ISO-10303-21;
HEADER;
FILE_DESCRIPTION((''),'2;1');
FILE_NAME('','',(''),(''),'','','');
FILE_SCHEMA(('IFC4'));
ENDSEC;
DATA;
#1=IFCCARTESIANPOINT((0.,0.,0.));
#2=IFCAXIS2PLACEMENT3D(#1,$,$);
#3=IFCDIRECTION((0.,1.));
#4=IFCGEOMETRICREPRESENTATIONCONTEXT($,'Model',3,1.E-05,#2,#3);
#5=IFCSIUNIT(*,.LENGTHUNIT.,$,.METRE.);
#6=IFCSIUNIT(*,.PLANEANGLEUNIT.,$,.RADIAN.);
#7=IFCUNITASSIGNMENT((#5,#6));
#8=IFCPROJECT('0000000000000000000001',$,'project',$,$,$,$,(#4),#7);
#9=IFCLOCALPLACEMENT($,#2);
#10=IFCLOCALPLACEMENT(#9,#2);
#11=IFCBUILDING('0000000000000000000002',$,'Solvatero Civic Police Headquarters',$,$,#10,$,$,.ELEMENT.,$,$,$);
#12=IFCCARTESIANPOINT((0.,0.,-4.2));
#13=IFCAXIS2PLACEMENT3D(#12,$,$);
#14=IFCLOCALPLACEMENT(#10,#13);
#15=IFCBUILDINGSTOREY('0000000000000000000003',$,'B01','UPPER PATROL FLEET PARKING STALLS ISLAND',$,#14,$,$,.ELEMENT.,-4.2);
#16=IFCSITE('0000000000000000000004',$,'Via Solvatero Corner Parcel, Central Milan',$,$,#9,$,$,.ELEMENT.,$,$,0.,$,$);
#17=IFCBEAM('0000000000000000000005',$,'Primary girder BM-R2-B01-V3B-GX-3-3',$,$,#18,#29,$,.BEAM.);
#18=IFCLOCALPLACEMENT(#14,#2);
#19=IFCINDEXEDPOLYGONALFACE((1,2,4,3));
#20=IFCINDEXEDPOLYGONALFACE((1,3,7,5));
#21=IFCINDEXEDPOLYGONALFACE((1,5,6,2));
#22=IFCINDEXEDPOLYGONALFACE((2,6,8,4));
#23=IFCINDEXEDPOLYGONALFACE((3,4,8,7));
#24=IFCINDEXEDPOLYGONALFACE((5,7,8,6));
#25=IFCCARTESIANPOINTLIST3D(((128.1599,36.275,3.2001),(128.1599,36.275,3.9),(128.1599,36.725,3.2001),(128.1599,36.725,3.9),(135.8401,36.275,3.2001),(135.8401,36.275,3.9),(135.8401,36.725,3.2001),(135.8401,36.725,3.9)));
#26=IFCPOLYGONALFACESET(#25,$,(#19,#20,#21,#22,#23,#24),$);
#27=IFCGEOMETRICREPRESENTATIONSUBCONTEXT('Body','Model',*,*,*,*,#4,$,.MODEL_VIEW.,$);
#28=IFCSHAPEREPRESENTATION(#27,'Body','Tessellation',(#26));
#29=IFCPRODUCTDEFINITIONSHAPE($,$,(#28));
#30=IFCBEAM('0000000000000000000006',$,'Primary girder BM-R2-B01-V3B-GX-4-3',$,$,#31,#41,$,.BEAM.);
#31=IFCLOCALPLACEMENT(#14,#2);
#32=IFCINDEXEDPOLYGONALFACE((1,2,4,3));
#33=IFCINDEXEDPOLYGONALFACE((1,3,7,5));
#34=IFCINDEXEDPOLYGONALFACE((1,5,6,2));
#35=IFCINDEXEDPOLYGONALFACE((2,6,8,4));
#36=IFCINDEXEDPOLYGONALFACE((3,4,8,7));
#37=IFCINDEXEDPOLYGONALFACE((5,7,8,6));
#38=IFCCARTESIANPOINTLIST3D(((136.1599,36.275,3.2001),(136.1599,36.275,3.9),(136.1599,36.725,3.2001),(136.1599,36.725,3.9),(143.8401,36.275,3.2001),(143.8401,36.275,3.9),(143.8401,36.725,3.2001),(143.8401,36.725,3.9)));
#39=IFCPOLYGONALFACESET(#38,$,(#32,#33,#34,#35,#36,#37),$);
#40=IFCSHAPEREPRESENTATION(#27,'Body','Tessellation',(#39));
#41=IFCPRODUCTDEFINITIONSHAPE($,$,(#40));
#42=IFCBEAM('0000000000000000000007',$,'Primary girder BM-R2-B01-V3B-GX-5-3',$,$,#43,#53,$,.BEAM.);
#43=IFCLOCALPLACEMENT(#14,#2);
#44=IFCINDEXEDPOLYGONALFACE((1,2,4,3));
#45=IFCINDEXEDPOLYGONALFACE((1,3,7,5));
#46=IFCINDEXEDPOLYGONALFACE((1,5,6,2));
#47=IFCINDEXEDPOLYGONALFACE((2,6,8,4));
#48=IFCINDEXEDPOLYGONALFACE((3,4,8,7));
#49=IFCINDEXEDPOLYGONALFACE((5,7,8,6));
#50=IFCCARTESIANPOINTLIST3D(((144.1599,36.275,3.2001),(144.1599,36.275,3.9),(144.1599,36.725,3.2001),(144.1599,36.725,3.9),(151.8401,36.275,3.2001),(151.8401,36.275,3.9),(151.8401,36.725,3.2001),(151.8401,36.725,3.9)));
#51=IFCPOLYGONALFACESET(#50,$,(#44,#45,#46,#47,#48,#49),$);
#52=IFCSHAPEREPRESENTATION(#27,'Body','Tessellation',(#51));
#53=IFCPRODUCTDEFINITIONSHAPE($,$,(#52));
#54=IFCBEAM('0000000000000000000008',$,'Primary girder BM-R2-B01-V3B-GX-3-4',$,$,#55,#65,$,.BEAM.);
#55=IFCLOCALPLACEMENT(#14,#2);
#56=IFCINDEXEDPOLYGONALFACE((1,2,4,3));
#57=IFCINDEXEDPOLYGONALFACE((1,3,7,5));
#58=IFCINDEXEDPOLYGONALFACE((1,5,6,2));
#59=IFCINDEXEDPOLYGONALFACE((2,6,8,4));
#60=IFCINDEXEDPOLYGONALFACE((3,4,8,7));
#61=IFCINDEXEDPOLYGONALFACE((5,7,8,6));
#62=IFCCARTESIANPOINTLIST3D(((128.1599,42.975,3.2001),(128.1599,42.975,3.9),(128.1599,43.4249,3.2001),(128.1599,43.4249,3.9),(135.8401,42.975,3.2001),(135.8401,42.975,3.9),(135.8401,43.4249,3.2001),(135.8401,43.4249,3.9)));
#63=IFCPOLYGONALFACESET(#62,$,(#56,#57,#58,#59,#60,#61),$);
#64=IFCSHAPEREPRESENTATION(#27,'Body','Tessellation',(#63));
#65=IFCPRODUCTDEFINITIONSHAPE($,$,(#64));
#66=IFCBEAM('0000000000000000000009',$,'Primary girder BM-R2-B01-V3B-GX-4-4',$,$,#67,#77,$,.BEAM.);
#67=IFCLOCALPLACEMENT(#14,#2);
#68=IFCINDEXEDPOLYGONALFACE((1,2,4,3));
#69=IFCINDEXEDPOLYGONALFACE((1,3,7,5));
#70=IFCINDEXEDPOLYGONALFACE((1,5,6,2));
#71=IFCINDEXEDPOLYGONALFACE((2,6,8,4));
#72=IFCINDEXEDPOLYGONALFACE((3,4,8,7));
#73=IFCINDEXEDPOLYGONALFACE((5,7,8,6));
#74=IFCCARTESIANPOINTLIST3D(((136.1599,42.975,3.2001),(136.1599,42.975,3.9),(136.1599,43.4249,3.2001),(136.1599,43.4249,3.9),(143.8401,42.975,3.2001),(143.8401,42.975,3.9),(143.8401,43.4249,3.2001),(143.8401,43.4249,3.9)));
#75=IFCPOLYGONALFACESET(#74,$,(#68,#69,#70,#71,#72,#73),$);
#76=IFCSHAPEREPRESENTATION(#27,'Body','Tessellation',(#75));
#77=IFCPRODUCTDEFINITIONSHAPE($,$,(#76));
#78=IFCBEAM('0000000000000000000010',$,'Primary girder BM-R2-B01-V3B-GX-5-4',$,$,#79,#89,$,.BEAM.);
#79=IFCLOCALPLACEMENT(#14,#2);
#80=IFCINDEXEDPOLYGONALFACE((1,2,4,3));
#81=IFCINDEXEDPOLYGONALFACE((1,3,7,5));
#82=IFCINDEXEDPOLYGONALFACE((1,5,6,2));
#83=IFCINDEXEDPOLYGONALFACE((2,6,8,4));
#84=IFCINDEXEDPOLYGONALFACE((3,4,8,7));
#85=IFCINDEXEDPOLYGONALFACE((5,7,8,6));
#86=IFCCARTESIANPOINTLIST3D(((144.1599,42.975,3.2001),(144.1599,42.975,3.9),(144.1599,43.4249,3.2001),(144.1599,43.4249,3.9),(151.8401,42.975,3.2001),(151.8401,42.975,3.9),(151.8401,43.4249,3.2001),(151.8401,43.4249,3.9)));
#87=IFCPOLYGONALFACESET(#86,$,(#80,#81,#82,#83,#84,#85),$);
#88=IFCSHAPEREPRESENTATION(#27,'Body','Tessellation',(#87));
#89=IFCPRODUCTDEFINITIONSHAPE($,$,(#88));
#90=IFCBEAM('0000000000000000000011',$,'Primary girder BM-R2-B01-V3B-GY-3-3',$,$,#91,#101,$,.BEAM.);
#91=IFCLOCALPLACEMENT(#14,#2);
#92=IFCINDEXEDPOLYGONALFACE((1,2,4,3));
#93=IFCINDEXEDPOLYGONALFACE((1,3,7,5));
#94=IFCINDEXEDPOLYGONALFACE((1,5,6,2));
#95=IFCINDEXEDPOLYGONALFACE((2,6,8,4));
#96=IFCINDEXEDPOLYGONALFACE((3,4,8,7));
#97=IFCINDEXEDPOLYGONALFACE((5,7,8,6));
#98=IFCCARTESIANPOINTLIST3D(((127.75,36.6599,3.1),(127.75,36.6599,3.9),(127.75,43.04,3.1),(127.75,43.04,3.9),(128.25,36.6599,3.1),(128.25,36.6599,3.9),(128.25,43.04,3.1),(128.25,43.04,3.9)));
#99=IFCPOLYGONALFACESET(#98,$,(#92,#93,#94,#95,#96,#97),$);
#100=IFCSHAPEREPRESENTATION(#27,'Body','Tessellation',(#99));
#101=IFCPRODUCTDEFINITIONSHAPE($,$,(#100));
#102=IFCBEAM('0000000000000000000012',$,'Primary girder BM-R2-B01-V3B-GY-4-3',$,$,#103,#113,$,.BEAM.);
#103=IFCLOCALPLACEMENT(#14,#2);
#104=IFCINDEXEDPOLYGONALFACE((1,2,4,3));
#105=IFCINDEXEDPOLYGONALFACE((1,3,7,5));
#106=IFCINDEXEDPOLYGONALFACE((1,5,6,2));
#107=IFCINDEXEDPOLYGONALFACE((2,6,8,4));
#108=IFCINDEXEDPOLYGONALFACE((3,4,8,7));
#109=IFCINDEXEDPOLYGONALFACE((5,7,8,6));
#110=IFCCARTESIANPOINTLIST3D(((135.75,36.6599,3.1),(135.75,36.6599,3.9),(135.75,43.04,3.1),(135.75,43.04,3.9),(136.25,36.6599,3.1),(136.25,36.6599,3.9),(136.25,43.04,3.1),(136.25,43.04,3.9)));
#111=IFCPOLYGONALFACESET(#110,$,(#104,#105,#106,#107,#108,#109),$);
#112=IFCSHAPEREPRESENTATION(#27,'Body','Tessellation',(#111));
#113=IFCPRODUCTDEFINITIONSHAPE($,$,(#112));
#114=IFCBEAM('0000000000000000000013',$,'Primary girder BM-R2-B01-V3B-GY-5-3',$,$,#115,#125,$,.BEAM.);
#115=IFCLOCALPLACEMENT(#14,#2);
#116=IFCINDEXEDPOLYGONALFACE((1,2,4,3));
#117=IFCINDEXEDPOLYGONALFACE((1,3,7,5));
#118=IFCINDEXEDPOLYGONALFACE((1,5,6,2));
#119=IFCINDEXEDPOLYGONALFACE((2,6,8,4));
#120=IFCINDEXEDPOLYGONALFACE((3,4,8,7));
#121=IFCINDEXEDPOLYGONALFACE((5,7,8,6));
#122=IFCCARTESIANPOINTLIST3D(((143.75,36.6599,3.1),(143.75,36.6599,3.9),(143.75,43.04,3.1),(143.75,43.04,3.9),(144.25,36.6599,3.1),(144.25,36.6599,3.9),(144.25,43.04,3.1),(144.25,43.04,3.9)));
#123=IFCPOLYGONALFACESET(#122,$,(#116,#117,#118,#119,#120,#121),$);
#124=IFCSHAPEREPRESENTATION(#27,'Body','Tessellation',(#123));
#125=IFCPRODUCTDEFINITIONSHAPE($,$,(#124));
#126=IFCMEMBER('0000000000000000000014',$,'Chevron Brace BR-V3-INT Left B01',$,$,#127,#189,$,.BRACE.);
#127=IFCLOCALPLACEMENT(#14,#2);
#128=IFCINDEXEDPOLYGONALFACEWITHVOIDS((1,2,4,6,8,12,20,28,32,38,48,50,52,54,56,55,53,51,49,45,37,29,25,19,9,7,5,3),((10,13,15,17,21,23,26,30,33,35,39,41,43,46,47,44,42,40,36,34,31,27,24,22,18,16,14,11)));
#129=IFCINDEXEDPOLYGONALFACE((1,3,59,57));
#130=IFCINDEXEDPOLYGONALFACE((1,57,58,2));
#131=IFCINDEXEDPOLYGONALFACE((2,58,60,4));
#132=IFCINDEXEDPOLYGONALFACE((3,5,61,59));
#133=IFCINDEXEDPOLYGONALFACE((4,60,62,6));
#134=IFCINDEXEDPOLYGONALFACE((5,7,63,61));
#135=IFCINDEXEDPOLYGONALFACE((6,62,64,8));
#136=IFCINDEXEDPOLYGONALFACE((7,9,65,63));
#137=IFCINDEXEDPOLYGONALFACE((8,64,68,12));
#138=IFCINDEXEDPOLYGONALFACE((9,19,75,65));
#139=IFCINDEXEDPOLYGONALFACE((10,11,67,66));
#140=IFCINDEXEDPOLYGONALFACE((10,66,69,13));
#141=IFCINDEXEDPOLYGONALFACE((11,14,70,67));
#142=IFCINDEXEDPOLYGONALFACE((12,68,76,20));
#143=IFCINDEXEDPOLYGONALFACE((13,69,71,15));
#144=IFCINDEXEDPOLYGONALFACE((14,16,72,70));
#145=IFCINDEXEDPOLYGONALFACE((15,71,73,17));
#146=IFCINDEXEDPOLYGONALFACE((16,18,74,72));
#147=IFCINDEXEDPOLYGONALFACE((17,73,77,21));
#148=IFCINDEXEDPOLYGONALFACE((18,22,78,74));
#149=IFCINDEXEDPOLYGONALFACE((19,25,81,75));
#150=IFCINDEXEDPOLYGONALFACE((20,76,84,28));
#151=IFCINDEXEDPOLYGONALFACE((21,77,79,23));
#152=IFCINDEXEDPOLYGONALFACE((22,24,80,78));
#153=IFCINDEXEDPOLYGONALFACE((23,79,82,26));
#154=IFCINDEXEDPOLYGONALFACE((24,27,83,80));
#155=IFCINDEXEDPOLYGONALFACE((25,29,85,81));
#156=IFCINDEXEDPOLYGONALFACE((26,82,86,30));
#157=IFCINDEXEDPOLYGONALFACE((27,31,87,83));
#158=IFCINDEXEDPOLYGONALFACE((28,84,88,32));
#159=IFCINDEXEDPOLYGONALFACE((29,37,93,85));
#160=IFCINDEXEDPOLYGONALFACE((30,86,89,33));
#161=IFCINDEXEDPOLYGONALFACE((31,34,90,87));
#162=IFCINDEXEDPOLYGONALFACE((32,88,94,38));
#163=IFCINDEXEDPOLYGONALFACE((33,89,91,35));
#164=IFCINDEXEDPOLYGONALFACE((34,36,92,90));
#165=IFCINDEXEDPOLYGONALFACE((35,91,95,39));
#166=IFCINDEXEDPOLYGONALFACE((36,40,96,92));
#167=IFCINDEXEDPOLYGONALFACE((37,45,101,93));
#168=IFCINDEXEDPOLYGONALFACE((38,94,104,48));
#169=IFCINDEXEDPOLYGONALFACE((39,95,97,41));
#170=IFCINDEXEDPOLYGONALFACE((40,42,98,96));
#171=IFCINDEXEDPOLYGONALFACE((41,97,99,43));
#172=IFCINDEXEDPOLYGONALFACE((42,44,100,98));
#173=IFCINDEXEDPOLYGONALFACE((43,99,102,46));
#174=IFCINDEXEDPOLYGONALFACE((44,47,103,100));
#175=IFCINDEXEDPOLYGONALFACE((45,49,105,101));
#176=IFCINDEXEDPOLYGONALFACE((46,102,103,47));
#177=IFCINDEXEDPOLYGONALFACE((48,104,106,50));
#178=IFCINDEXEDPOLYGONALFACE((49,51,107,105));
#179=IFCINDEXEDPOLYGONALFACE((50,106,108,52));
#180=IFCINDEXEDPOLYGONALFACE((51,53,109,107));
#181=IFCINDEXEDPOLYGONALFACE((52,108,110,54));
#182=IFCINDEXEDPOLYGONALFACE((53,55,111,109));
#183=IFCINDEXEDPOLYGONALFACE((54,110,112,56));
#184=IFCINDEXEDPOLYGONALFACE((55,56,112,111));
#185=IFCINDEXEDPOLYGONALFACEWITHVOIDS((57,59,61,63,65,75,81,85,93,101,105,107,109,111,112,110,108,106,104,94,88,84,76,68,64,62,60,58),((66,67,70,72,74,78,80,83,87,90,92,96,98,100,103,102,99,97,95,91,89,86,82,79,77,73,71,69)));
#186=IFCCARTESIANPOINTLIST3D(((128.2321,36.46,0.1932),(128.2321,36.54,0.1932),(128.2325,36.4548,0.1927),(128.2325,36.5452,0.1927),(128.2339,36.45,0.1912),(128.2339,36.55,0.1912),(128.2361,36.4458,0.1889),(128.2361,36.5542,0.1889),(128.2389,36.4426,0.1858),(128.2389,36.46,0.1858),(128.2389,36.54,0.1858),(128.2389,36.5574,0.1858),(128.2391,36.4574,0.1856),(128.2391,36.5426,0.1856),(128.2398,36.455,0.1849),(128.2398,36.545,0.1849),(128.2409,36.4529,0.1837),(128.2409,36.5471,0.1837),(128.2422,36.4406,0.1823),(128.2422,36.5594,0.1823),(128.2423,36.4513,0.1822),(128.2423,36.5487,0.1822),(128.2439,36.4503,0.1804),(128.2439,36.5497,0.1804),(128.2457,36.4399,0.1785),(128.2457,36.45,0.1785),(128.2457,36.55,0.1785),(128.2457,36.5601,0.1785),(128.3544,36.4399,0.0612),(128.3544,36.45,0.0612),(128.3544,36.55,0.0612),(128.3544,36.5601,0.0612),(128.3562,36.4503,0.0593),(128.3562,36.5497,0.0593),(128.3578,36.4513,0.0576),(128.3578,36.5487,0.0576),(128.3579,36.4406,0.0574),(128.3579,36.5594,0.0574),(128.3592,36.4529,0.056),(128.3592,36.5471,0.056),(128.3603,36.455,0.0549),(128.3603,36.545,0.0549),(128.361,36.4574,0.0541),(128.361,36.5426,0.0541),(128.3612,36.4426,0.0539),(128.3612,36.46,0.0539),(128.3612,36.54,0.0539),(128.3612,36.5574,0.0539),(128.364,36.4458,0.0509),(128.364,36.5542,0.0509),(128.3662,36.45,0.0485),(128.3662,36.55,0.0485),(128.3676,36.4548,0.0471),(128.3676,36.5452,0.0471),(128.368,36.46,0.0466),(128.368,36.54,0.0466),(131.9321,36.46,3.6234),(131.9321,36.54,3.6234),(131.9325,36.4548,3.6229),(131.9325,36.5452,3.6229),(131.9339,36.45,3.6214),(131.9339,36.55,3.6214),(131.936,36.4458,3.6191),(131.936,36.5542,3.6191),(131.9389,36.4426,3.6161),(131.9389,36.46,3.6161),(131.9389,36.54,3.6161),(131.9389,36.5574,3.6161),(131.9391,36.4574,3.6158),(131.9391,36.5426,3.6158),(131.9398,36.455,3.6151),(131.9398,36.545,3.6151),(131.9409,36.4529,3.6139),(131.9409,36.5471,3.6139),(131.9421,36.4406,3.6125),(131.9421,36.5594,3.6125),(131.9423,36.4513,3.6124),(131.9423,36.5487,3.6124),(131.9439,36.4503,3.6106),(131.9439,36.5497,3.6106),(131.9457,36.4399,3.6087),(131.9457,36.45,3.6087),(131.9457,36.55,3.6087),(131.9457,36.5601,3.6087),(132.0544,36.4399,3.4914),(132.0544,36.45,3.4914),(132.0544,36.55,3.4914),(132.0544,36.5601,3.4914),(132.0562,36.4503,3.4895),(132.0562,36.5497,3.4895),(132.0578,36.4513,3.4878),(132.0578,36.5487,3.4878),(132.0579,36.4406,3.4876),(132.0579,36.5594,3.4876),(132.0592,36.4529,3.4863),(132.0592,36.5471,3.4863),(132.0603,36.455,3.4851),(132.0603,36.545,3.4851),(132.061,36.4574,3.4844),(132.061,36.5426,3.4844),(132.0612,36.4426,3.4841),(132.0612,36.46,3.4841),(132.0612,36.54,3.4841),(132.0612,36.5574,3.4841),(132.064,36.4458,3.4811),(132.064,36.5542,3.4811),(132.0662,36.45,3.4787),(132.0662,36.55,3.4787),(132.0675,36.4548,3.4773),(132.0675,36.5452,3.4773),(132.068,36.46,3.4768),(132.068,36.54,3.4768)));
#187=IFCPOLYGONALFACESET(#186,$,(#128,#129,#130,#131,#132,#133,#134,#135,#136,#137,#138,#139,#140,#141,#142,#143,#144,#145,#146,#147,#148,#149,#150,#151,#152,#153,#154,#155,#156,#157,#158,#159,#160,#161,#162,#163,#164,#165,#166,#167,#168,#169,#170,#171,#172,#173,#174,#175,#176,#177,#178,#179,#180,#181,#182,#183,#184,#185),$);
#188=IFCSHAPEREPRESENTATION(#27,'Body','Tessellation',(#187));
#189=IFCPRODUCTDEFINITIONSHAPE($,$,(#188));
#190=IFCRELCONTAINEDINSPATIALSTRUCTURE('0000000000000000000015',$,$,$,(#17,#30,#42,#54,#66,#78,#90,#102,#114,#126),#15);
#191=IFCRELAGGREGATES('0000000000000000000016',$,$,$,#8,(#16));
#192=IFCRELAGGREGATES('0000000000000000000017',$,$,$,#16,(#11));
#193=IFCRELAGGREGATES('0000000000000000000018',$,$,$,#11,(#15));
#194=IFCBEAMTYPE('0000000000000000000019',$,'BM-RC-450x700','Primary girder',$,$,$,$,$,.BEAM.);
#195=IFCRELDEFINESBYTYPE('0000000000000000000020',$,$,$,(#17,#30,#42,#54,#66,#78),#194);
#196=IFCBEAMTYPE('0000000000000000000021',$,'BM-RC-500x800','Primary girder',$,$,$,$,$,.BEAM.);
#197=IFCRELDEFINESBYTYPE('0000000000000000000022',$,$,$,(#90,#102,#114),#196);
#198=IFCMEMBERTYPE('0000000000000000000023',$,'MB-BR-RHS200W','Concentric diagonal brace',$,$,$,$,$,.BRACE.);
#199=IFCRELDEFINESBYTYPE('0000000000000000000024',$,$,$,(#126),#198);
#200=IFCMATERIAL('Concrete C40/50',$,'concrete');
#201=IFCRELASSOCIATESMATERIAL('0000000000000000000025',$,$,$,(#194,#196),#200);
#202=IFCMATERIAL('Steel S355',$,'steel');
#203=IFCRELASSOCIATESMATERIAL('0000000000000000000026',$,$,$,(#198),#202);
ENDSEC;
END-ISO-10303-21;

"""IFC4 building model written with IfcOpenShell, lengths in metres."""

from ifc_helpers import new_model, si_unit, direction, frame, origin, origin_2d, place, context, subcontext, project, spatial, rectangle, hollow_rectangle, extrude, material, material_profile, profile_set, type_object, element, save


model = new_model("IFC4")

# Units and contexts
model_context = context("Model", 3, precision=1e-05, world=origin(), true_north=direction((0.0, 1.0)))
body_context = subcontext(model_context, "Body", "Model", "MODEL_VIEW")
ifc_project = project(units=[si_unit("LENGTHUNIT", "METRE"), si_unit("PLANEANGLEUNIT", "RADIAN")], contexts=[model_context])

# Site, building, storey
site_placement = place(None, origin())
site = spatial("IfcSite", under=ifc_project, at=site_placement, Name="Via Solvatero Corner Parcel, Central Milan", CompositionType="ELEMENT", RefElevation=0.0)
building_placement = place(site_placement, origin())
building = spatial("IfcBuilding", under=site, at=building_placement, Name="Solvatero Civic Police Headquarters", CompositionType="ELEMENT")
storey_placement = place(building_placement, frame((0.0, 0.0, -4.2)))
storey = spatial("IfcBuildingStorey", under=building, at=storey_placement, Name="B01", Description="UPPER PATROL FLEET PARKING STALLS ISLAND", CompositionType="ELEMENT", Elevation=-4.2)

# Shared definitions
ifc_material_1 = material(Name="Concrete C40/50", Category="concrete")

# Beams
ifc_material_profile_1 = material_profile(ifc_material_1, rectangle(XDim=0.45, YDim=0.7, at=origin_2d()), Name="RC 450x700")
ifc_profile_set_1 = profile_set([ifc_material_profile_1], Name="Concrete C40/50")
beam_type_1 = type_object("IfcBeamType", Name="BM-RC-450x700", Description="Primary girder", PredefinedType="BEAM", material=ifc_profile_set_1)
for number, where, z_axis, x_axis, name in (
    (1, (128.1599, 36.5, 3.55), (1.0, 0.0, 0.0), (0.0, 1.0, 0.0), "Primary girder BM-R2-B01-V3B-GX-3-3"),
    (2, (136.1599, 36.5, 3.55), (1.0, 0.0, 0.0), (0.0, 1.0, 0.0), "Primary girder BM-R2-B01-V3B-GX-4-3"),
    (3, (144.1599, 36.5, 3.55), (1.0, 0.0, 0.0), (0.0, 1.0, 0.0), "Primary girder BM-R2-B01-V3B-GX-5-3"),
    (4, (128.1599, 43.2, 3.55), (1.0, 0.0, 0.0), (0.0, 1.0, 0.0), "Primary girder BM-R2-B01-V3B-GX-3-4"),
    (5, (136.1599, 43.2, 3.55), (1.0, 0.0, 0.0), (0.0, 1.0, 0.0), "Primary girder BM-R2-B01-V3B-GX-4-4"),
    (6, (144.1599, 43.2, 3.55), (1.0, 0.0, 0.0), (0.0, 1.0, 0.0), "Primary girder BM-R2-B01-V3B-GX-5-4"),
):
    element("IfcBeam", number, at=place(storey_placement, frame(where, z_axis=z_axis, x_axis=x_axis)), inside=storey, type_object=beam_type_1, Name=name, PredefinedType="BEAM", context=body_context, shape_type="SweptSolid", body=[
        extrude(rectangle(XDim=0.45, YDim=0.7, at=origin_2d()), origin(), (0.0, 0.0, 1.0), 7.6802),
    ])
ifc_material_profile_2 = material_profile(ifc_material_1, rectangle(XDim=0.5, YDim=0.8, at=origin_2d()), Name="RC 500x800")
ifc_profile_set_2 = profile_set([ifc_material_profile_2], Name="Concrete C40/50")
beam_type_2 = type_object("IfcBeamType", Name="BM-RC-500x800", Description="Primary girder", PredefinedType="BEAM", material=ifc_profile_set_2)
for number, where, z_axis, x_axis, name in (
    (7, (128.0, 36.6599, 3.5), (0.0, 1.0, 0.0), (-1.0, 0.0, 0.0), "Primary girder BM-R2-B01-V3B-GY-3-3"),
    (8, (136.0, 36.6599, 3.5), (0.0, 1.0, 0.0), (-1.0, 0.0, 0.0), "Primary girder BM-R2-B01-V3B-GY-4-3"),
    (9, (144.0, 36.6599, 3.5), (0.0, 1.0, 0.0), (-1.0, 0.0, 0.0), "Primary girder BM-R2-B01-V3B-GY-5-3"),
):
    element("IfcBeam", number, at=place(storey_placement, frame(where, z_axis=z_axis, x_axis=x_axis)), inside=storey, type_object=beam_type_2, Name=name, PredefinedType="BEAM", context=body_context, shape_type="SweptSolid", body=[
        extrude(rectangle(XDim=0.5, YDim=0.8, at=origin_2d()), origin(), (0.0, 0.0, 1.0), 6.3801),
    ])

# Member
ifc_material_2 = material(Name="Steel S355", Category="steel")
ifc_material_profile_3 = material_profile(ifc_material_2, hollow_rectangle(XDim=0.1201, YDim=0.2, WallThickness=0.01, InnerFilletRadius=0.01, OuterFilletRadius=0.02, at=origin_2d()), Name="RHS 200x120x10.0")
ifc_profile_set_3 = profile_set([ifc_material_profile_3], Name="Steel S355")
member_type = type_object("IfcMemberType", Name="MB-BR-RHS200W", Description="Concentric diagonal brace", PredefinedType="BRACE", material=ifc_profile_set_3)
for number, where, z_axis, x_axis, name in (
    (10, (128.3, 36.5, 0.1199), (0.733336, 0.0, 0.679866), (0.0, 1.0, 0.0), "Chevron Brace BR-V3-INT Left B01"),
):
    element("IfcMember", number, at=place(storey_placement, frame(where, z_axis=z_axis, x_axis=x_axis)), inside=storey, type_object=member_type, Name=name, PredefinedType="BRACE", context=body_context, shape_type="SweptSolid", body=[
        extrude(hollow_rectangle(XDim=0.1201, YDim=0.2, WallThickness=0.01, InnerFilletRadius=0.01, OuterFilletRadius=0.02, at=origin_2d()), origin(), (0.0, 0.0, 1.0), 5.0454),
    ])

save(model, "model.ifc")
